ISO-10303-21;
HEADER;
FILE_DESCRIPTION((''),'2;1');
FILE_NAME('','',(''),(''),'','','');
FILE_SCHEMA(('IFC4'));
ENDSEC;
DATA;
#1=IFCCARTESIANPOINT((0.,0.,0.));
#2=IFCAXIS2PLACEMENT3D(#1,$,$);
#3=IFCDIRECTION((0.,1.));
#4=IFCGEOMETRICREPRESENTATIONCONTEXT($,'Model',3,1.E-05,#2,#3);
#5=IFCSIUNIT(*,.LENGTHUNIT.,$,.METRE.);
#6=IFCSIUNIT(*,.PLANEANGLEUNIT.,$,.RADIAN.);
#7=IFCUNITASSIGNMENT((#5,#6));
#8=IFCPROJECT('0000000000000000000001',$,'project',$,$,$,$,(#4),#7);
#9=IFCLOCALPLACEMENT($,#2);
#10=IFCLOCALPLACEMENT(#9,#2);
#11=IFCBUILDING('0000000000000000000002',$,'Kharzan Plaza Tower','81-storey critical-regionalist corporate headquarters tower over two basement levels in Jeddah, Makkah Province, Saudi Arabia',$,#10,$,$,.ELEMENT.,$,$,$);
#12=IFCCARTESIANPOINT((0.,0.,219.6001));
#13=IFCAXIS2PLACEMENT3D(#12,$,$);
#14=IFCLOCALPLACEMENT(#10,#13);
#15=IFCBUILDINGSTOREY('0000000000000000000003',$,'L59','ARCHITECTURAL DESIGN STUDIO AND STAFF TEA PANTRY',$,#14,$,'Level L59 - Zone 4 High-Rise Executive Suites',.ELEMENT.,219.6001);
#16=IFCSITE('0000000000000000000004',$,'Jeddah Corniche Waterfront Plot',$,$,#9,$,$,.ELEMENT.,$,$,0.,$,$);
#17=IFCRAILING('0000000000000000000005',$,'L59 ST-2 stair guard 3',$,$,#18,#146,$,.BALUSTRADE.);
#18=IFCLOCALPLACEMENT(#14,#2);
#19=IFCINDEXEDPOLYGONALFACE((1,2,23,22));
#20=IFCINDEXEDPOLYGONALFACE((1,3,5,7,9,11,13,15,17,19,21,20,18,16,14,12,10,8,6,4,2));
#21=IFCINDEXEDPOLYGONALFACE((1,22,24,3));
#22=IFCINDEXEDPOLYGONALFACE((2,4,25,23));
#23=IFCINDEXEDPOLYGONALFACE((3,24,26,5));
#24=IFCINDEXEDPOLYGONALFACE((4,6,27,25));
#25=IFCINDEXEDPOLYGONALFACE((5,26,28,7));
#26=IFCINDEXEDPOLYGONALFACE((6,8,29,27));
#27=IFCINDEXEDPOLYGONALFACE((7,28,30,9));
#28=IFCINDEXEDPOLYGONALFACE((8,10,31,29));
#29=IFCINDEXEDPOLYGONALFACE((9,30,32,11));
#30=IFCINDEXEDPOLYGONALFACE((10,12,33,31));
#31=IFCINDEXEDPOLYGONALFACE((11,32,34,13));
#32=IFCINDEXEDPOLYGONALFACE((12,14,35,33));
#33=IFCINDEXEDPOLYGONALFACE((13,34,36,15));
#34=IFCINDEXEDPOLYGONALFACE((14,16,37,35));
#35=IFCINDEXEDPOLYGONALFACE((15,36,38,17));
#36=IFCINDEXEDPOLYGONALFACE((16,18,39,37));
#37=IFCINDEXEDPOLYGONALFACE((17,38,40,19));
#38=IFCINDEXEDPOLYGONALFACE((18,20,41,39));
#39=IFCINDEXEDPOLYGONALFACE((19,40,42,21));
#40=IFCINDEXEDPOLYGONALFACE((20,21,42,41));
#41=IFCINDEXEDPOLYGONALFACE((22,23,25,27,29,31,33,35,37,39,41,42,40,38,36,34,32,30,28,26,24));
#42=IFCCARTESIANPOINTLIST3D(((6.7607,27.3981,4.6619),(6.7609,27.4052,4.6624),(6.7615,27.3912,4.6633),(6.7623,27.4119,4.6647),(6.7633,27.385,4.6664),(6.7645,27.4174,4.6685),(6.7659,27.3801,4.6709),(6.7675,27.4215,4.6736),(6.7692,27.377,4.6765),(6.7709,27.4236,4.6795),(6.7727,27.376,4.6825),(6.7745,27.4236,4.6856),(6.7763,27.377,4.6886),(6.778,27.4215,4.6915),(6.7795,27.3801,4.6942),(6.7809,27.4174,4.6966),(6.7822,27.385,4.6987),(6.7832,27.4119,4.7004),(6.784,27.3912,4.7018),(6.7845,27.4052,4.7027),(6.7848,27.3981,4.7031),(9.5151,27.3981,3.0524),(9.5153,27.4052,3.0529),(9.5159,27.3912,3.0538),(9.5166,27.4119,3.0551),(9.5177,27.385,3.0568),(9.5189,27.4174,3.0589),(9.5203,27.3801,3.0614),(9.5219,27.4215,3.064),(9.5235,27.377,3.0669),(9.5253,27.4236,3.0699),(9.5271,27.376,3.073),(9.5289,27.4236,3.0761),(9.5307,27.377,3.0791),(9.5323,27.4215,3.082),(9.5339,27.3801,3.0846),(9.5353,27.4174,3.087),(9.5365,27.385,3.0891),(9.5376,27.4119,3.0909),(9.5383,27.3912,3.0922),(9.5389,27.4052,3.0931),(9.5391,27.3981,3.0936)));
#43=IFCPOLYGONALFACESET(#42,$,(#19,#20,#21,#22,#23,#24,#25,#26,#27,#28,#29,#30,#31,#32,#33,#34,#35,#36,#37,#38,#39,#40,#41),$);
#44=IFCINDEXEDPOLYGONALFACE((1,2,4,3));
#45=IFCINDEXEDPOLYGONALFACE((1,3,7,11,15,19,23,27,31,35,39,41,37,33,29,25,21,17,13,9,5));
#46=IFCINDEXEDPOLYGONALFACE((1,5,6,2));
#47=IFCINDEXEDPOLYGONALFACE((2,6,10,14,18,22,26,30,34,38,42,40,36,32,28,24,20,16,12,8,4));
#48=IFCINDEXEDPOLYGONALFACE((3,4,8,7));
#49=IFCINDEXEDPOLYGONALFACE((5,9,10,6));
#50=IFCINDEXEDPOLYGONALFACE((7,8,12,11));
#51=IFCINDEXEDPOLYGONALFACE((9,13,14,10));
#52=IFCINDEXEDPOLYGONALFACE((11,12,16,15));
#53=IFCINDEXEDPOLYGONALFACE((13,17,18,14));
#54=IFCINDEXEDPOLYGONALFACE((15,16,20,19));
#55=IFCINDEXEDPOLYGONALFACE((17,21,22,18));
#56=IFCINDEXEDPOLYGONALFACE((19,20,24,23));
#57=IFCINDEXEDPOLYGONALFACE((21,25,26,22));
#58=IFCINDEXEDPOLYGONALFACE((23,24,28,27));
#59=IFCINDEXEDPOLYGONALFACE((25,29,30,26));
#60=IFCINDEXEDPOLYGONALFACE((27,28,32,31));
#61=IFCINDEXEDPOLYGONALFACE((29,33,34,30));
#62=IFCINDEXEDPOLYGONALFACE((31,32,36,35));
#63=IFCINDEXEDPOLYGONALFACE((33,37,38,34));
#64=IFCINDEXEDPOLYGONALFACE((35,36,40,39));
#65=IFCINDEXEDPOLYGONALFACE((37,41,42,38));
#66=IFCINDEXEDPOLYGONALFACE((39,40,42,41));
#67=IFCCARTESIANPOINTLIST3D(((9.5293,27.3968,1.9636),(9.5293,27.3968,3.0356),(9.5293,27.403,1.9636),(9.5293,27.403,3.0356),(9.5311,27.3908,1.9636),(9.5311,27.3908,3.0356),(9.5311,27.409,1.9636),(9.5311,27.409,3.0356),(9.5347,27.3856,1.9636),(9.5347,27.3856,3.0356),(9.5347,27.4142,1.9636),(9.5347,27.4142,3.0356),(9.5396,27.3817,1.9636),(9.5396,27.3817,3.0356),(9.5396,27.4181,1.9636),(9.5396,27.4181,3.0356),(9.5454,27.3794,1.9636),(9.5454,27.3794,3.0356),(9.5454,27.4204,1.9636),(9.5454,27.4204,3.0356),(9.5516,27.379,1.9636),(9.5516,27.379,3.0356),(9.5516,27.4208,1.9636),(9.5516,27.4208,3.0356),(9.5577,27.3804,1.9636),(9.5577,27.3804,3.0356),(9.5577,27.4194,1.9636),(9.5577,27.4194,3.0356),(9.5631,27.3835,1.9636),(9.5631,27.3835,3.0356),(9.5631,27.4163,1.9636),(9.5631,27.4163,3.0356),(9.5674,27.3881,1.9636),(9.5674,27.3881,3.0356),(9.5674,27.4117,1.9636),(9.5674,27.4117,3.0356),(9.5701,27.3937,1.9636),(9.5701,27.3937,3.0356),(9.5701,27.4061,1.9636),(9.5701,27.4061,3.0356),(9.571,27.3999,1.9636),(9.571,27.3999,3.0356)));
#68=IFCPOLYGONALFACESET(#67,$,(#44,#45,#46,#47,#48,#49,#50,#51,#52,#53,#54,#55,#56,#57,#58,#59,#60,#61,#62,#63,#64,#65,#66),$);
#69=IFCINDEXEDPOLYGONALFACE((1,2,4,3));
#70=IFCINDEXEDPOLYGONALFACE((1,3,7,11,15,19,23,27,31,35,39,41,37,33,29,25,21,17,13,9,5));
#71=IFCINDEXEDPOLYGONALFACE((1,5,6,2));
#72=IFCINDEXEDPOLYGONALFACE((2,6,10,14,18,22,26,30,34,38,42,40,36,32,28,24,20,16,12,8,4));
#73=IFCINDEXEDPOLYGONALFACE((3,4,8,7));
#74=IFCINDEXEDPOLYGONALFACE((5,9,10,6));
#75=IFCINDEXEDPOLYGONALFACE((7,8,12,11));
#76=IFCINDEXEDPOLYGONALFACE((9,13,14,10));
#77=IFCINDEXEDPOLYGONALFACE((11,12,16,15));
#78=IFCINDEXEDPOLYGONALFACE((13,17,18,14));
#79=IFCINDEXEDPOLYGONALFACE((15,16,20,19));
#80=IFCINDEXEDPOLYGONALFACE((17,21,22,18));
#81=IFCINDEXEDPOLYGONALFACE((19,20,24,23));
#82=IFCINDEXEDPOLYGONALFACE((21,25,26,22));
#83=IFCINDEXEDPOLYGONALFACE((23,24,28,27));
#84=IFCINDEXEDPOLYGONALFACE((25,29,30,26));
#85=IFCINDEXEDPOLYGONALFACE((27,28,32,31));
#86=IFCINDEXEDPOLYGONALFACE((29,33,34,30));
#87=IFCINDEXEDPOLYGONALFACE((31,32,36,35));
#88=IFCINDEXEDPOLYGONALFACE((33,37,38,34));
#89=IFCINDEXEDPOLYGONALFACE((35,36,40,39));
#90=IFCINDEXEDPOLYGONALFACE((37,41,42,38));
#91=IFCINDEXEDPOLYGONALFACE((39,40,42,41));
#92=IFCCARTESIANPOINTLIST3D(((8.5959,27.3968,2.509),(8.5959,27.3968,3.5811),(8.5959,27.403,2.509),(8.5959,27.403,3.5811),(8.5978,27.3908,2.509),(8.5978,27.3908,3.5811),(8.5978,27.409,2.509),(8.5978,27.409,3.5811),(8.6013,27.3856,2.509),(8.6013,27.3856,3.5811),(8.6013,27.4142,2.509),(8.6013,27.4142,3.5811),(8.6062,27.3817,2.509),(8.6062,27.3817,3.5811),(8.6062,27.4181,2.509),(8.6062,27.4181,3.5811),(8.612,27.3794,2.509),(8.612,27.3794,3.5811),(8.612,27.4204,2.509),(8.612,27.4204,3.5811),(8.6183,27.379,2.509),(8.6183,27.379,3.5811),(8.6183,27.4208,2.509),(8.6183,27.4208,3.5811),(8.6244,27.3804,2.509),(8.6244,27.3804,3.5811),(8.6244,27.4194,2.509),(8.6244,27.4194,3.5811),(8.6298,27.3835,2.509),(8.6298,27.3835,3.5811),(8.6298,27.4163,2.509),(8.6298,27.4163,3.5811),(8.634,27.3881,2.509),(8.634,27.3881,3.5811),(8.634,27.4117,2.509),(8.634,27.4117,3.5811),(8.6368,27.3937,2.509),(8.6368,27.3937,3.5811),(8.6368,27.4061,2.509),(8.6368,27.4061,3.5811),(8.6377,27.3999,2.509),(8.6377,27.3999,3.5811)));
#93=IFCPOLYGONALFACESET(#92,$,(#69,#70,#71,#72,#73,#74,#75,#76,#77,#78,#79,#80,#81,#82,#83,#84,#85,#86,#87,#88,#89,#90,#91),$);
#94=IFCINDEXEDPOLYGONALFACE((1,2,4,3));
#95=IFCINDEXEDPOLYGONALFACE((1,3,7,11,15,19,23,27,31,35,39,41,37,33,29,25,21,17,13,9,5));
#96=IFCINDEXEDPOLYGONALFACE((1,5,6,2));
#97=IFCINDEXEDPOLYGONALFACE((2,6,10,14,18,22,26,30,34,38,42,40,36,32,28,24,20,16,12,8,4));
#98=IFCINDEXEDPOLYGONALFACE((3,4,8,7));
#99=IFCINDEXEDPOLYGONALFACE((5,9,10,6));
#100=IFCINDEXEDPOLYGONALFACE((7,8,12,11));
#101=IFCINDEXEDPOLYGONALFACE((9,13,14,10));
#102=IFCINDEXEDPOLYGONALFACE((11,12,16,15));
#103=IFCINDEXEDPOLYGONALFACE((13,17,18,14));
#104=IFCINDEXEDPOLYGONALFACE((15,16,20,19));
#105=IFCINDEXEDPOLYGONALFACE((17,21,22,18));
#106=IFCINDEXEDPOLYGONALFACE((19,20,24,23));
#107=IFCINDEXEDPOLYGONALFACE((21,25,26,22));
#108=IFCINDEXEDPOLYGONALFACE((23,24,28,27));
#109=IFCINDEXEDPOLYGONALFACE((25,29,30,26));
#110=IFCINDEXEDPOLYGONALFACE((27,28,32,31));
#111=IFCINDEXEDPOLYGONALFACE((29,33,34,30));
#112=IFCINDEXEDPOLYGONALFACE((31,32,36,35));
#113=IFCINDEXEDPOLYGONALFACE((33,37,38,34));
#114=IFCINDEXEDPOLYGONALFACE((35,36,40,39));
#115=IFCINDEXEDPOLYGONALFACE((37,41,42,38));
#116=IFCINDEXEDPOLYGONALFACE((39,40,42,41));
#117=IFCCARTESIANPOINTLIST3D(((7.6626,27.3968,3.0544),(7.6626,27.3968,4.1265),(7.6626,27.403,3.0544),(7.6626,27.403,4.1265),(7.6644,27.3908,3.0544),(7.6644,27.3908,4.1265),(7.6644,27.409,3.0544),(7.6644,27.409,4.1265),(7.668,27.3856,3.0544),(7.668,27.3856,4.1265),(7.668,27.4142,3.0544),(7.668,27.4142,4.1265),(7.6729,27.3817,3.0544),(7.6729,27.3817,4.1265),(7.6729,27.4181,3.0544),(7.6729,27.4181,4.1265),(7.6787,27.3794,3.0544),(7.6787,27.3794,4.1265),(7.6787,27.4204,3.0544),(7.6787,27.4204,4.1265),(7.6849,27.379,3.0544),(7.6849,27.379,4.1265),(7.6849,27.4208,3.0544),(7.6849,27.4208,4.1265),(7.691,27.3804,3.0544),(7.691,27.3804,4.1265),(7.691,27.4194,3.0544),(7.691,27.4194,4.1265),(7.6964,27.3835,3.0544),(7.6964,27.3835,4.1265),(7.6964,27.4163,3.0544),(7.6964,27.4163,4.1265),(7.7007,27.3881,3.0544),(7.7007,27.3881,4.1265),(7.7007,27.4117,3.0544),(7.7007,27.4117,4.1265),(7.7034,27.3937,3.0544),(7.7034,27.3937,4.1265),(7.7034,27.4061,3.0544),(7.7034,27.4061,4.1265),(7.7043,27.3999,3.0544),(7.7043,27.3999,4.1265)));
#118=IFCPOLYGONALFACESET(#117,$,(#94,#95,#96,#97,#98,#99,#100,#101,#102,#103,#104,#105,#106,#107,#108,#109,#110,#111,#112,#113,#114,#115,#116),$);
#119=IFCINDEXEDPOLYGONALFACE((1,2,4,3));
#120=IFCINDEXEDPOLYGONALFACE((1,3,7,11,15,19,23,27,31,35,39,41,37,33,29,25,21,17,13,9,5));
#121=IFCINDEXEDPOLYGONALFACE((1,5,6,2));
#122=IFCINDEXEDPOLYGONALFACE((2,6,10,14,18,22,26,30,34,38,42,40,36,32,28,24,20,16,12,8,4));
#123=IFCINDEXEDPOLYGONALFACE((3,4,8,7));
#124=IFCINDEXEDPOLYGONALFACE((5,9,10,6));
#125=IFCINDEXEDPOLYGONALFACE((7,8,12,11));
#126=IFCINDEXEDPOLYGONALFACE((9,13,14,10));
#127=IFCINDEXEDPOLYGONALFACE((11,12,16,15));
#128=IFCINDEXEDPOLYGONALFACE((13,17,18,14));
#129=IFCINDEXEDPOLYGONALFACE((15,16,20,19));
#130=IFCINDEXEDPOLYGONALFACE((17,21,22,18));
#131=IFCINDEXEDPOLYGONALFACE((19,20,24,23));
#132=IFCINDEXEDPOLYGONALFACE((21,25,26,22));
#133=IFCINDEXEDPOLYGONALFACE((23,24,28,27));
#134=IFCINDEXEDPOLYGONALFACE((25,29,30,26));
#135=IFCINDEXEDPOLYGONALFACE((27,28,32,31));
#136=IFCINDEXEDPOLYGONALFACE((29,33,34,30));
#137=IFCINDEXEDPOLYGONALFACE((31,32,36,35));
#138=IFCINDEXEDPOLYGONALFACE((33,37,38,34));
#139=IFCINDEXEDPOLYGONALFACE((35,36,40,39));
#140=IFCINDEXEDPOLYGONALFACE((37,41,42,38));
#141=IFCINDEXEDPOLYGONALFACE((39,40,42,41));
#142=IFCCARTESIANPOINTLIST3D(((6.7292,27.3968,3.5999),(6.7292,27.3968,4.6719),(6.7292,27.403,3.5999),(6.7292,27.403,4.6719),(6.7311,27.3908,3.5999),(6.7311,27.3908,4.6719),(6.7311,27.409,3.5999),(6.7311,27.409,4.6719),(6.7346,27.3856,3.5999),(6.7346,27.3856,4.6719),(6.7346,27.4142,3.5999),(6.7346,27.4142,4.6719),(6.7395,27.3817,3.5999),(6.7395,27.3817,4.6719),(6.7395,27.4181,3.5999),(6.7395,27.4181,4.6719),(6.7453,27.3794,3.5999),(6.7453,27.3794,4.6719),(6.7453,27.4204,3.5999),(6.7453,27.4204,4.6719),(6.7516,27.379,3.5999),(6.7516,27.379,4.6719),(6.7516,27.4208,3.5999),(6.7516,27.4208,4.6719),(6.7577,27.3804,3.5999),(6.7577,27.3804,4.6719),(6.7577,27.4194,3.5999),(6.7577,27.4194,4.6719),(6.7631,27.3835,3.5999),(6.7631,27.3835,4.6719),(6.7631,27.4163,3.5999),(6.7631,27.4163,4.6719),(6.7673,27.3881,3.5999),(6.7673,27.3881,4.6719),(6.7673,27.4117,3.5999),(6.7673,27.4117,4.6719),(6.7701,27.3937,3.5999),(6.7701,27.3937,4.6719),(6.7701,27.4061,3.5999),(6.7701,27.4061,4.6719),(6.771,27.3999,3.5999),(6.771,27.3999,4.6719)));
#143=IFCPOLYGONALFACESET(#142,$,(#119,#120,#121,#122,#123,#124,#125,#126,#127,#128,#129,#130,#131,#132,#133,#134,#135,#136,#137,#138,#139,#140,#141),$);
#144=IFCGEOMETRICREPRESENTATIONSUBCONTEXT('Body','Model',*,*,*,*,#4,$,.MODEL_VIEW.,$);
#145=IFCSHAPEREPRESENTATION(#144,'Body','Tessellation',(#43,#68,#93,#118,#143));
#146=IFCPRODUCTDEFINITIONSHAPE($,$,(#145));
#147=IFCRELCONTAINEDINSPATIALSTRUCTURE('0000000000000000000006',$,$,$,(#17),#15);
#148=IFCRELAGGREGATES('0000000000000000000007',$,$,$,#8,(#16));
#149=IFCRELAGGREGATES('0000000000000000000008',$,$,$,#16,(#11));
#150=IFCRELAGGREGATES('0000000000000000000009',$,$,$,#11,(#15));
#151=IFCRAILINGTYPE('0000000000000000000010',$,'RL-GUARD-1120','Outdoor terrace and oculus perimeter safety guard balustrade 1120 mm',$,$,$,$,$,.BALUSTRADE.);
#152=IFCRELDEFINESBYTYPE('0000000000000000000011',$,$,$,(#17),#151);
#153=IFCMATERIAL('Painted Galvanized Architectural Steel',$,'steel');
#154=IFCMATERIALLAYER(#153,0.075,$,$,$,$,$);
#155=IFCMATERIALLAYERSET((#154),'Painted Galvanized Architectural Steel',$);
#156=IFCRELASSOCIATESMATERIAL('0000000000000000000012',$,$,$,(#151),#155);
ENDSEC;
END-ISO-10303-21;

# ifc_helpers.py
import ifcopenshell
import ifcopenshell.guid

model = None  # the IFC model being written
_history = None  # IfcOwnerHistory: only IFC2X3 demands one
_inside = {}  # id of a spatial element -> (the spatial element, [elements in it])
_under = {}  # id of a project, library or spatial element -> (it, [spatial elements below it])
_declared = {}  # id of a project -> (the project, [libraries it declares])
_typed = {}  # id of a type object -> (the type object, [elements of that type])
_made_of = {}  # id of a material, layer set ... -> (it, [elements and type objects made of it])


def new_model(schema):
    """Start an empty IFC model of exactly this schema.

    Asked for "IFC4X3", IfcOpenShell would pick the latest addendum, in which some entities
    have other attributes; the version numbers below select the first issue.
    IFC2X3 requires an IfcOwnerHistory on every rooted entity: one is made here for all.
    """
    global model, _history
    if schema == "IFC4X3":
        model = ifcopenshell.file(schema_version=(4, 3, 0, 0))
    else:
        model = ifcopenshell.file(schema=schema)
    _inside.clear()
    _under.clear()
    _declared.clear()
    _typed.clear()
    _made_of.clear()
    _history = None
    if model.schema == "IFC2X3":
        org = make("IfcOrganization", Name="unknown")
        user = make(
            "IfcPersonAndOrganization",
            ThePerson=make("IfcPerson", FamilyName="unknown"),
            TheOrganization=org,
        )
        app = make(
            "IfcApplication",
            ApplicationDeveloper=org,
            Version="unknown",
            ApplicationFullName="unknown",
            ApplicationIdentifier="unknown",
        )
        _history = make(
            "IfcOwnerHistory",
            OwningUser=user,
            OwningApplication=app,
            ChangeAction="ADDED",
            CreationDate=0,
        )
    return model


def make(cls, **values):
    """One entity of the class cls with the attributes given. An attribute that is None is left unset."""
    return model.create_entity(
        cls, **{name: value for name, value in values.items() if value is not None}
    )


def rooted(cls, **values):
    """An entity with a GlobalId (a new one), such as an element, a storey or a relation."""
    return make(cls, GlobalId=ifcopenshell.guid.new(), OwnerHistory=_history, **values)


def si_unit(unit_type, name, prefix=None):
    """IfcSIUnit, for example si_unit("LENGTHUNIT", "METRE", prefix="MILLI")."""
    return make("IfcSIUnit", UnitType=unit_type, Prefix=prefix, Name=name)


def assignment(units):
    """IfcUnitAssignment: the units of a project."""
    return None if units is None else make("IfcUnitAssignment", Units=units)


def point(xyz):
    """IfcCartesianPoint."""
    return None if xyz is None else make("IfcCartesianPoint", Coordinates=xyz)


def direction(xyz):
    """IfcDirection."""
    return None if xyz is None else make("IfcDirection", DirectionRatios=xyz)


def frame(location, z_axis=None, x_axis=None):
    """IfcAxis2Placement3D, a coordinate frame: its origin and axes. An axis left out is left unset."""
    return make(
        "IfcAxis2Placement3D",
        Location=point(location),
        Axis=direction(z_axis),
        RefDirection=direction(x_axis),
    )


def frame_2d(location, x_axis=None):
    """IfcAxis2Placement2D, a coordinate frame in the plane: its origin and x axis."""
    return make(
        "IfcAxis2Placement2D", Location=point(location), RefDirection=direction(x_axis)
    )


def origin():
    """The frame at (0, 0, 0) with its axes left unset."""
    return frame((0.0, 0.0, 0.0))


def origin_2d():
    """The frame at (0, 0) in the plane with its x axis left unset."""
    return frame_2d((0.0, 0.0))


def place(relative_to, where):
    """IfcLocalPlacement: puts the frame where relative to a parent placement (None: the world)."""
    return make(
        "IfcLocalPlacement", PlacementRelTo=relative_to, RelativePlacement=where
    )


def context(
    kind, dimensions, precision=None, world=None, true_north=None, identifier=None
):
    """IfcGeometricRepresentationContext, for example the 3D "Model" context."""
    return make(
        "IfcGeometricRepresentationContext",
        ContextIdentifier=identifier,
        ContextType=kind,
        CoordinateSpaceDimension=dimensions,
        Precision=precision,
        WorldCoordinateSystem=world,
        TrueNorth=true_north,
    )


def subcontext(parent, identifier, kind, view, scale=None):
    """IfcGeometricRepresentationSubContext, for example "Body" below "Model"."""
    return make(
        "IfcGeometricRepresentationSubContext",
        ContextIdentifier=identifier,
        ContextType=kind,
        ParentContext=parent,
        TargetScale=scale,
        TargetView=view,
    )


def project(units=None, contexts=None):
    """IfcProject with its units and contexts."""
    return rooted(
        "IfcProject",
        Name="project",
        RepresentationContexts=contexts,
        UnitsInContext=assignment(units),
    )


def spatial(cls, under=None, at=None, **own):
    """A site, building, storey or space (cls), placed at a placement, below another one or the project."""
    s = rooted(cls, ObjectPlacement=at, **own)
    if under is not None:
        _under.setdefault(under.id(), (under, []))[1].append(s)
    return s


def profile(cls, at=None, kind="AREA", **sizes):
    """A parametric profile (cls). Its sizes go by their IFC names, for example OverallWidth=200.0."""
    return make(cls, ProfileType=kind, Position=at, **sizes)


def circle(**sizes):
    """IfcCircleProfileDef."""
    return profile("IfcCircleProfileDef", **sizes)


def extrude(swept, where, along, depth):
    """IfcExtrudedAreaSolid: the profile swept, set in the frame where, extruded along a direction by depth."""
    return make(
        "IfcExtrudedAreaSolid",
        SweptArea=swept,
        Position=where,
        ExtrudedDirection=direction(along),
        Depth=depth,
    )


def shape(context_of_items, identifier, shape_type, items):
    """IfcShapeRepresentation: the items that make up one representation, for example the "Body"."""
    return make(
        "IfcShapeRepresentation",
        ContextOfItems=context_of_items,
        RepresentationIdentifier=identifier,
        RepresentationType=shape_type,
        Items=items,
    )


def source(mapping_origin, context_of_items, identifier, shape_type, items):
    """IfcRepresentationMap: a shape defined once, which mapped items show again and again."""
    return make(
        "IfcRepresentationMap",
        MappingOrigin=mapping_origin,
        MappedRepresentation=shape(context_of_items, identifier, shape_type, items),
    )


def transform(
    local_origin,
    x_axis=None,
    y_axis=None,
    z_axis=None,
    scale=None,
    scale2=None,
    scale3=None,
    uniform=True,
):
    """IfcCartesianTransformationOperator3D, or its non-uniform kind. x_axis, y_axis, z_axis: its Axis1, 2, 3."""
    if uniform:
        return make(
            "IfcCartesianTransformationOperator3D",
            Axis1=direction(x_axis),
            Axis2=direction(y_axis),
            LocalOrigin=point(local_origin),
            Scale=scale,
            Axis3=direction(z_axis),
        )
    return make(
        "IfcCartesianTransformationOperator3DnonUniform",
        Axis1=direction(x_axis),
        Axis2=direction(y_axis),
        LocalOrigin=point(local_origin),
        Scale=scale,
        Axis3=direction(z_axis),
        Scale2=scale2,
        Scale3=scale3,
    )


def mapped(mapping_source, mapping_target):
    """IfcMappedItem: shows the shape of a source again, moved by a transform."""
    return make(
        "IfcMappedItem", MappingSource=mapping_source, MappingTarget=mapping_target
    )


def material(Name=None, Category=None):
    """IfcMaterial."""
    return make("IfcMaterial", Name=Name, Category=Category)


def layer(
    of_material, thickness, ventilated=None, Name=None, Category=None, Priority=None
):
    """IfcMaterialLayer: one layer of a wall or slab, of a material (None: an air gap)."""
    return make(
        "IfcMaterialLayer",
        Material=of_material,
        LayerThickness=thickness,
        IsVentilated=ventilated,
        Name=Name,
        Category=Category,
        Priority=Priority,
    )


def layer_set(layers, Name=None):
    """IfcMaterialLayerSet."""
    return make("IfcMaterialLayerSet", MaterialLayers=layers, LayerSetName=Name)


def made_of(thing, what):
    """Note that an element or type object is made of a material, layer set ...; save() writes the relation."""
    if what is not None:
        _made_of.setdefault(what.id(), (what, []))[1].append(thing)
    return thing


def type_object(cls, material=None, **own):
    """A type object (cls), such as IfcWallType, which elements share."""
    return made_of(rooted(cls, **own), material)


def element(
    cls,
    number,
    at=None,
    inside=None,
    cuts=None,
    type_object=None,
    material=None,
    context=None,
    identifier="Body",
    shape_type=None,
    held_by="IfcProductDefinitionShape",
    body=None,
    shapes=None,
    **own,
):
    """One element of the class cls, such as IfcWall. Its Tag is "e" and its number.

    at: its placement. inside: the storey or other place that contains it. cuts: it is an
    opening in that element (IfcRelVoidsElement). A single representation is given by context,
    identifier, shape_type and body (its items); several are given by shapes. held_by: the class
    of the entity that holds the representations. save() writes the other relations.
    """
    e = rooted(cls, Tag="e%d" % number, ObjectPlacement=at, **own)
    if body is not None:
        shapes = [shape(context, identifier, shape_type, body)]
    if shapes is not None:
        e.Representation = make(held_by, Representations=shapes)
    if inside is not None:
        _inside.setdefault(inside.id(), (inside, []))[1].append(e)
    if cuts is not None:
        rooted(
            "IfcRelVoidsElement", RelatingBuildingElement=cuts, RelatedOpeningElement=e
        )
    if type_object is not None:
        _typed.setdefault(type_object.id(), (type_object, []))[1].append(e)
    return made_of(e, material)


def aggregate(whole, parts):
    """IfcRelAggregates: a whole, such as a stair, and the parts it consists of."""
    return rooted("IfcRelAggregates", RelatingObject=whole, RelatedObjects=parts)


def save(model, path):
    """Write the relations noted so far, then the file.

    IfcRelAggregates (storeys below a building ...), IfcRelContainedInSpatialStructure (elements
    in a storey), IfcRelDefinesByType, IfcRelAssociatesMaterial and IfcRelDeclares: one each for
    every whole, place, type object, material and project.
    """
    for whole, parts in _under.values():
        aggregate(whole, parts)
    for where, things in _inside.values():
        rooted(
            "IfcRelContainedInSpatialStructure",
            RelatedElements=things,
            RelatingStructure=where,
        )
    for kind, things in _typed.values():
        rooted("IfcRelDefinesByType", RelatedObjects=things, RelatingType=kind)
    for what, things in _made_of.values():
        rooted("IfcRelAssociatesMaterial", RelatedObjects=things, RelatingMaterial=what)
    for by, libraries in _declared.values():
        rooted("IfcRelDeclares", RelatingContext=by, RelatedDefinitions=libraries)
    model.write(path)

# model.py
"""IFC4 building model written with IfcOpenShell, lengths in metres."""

from ifc_helpers import new_model, si_unit, direction, frame, origin, origin_2d, place, context, subcontext, project, spatial, circle, extrude, source, transform, mapped, material, layer, layer_set, type_object, element, save


model = new_model("IFC4")

# Units and contexts
model_context = context("Model", 3, precision=1e-05, world=origin(), true_north=direction((0.0, 1.0)))
body_context = subcontext(model_context, "Body", "Model", "MODEL_VIEW")
ifc_project = project(units=[si_unit("LENGTHUNIT", "METRE"), si_unit("PLANEANGLEUNIT", "RADIAN")], contexts=[model_context])

# Site, building, storey
site_placement = place(None, origin())
site = spatial("IfcSite", under=ifc_project, at=site_placement, Name="Jeddah Corniche Waterfront Plot", CompositionType="ELEMENT", RefElevation=0.0)
building_placement = place(site_placement, origin())
building = spatial("IfcBuilding", under=site, at=building_placement, Name="Kharzan Plaza Tower", Description="81-storey critical-regionalist corporate headquarters tower over two basement levels in Jeddah, Makkah Province, Saudi Arabia", CompositionType="ELEMENT")
storey_placement = place(building_placement, frame((0.0, 0.0, 219.6001)))
storey = spatial("IfcBuildingStorey", under=building, at=storey_placement, Name="L59", Description="ARCHITECTURAL DESIGN STUDIO AND STAFF TEA PANTRY", LongName="Level L59 - Zone 4 High-Rise Executive Suites", CompositionType="ELEMENT", Elevation=219.6001)

# Railing
ifc_material_1 = material(Name="Painted Galvanized Architectural Steel", Category="steel")
ifc_layer_1 = layer(ifc_material_1, 0.075)
ifc_layer_set_1 = layer_set([ifc_layer_1], Name="Painted Galvanized Architectural Steel")
railing_type_1 = type_object("IfcRailingType", Name="RL-GUARD-1120", Description="Outdoor terrace and oculus perimeter safety guard balustrade 1120 mm", PredefinedType="BALUSTRADE", material=ifc_layer_set_1)
shared_shape_1 = source(origin(), body_context, "Body", "SweptSolid", [
    extrude(circle(Radius=0.0239, at=origin_2d()), frame((-0.0229, 0.0, 1.1094), z_axis=(-0.863394, 0.0, 0.504531), x_axis=(0.0, -1.0, 0.0)), (0.0, 0.0, 1.0), 3.1902),
    extrude(circle(Radius=0.021, at=origin_2d()), origin(), (0.0, 0.0, 1.0), 1.072),
    extrude(circle(Radius=0.021, at=origin_2d()), frame((-0.9333, 0.0, 0.5454)), (0.0, 0.0, 1.0), 1.072),
    extrude(circle(Radius=0.021, at=origin_2d()), frame((-1.8667, 0.0, 1.0908)), (0.0, 0.0, 1.0), 1.072),
    extrude(circle(Radius=0.021, at=origin_2d()), frame((-2.8, 0.0, 1.6362)), (0.0, 0.0, 1.0), 1.072),
])
railing_1_placement = place(storey_placement, frame((9.55, 27.3999, 1.9636)))
element("IfcRailing", 1, at=railing_1_placement, inside=storey, type_object=railing_type_1, Name="L59 ST-2 stair guard 3", PredefinedType="BALUSTRADE", context=body_context, shape_type="MappedRepresentation", body=[
    mapped(shared_shape_1, transform((0.0, 0.0, 0.0), x_axis=(1.0, 0.0, 0.0), y_axis=(0.0, 1.0, 0.0), z_axis=(0.0, 0.0, 1.0))),
])

save(model, "model.ifc")
